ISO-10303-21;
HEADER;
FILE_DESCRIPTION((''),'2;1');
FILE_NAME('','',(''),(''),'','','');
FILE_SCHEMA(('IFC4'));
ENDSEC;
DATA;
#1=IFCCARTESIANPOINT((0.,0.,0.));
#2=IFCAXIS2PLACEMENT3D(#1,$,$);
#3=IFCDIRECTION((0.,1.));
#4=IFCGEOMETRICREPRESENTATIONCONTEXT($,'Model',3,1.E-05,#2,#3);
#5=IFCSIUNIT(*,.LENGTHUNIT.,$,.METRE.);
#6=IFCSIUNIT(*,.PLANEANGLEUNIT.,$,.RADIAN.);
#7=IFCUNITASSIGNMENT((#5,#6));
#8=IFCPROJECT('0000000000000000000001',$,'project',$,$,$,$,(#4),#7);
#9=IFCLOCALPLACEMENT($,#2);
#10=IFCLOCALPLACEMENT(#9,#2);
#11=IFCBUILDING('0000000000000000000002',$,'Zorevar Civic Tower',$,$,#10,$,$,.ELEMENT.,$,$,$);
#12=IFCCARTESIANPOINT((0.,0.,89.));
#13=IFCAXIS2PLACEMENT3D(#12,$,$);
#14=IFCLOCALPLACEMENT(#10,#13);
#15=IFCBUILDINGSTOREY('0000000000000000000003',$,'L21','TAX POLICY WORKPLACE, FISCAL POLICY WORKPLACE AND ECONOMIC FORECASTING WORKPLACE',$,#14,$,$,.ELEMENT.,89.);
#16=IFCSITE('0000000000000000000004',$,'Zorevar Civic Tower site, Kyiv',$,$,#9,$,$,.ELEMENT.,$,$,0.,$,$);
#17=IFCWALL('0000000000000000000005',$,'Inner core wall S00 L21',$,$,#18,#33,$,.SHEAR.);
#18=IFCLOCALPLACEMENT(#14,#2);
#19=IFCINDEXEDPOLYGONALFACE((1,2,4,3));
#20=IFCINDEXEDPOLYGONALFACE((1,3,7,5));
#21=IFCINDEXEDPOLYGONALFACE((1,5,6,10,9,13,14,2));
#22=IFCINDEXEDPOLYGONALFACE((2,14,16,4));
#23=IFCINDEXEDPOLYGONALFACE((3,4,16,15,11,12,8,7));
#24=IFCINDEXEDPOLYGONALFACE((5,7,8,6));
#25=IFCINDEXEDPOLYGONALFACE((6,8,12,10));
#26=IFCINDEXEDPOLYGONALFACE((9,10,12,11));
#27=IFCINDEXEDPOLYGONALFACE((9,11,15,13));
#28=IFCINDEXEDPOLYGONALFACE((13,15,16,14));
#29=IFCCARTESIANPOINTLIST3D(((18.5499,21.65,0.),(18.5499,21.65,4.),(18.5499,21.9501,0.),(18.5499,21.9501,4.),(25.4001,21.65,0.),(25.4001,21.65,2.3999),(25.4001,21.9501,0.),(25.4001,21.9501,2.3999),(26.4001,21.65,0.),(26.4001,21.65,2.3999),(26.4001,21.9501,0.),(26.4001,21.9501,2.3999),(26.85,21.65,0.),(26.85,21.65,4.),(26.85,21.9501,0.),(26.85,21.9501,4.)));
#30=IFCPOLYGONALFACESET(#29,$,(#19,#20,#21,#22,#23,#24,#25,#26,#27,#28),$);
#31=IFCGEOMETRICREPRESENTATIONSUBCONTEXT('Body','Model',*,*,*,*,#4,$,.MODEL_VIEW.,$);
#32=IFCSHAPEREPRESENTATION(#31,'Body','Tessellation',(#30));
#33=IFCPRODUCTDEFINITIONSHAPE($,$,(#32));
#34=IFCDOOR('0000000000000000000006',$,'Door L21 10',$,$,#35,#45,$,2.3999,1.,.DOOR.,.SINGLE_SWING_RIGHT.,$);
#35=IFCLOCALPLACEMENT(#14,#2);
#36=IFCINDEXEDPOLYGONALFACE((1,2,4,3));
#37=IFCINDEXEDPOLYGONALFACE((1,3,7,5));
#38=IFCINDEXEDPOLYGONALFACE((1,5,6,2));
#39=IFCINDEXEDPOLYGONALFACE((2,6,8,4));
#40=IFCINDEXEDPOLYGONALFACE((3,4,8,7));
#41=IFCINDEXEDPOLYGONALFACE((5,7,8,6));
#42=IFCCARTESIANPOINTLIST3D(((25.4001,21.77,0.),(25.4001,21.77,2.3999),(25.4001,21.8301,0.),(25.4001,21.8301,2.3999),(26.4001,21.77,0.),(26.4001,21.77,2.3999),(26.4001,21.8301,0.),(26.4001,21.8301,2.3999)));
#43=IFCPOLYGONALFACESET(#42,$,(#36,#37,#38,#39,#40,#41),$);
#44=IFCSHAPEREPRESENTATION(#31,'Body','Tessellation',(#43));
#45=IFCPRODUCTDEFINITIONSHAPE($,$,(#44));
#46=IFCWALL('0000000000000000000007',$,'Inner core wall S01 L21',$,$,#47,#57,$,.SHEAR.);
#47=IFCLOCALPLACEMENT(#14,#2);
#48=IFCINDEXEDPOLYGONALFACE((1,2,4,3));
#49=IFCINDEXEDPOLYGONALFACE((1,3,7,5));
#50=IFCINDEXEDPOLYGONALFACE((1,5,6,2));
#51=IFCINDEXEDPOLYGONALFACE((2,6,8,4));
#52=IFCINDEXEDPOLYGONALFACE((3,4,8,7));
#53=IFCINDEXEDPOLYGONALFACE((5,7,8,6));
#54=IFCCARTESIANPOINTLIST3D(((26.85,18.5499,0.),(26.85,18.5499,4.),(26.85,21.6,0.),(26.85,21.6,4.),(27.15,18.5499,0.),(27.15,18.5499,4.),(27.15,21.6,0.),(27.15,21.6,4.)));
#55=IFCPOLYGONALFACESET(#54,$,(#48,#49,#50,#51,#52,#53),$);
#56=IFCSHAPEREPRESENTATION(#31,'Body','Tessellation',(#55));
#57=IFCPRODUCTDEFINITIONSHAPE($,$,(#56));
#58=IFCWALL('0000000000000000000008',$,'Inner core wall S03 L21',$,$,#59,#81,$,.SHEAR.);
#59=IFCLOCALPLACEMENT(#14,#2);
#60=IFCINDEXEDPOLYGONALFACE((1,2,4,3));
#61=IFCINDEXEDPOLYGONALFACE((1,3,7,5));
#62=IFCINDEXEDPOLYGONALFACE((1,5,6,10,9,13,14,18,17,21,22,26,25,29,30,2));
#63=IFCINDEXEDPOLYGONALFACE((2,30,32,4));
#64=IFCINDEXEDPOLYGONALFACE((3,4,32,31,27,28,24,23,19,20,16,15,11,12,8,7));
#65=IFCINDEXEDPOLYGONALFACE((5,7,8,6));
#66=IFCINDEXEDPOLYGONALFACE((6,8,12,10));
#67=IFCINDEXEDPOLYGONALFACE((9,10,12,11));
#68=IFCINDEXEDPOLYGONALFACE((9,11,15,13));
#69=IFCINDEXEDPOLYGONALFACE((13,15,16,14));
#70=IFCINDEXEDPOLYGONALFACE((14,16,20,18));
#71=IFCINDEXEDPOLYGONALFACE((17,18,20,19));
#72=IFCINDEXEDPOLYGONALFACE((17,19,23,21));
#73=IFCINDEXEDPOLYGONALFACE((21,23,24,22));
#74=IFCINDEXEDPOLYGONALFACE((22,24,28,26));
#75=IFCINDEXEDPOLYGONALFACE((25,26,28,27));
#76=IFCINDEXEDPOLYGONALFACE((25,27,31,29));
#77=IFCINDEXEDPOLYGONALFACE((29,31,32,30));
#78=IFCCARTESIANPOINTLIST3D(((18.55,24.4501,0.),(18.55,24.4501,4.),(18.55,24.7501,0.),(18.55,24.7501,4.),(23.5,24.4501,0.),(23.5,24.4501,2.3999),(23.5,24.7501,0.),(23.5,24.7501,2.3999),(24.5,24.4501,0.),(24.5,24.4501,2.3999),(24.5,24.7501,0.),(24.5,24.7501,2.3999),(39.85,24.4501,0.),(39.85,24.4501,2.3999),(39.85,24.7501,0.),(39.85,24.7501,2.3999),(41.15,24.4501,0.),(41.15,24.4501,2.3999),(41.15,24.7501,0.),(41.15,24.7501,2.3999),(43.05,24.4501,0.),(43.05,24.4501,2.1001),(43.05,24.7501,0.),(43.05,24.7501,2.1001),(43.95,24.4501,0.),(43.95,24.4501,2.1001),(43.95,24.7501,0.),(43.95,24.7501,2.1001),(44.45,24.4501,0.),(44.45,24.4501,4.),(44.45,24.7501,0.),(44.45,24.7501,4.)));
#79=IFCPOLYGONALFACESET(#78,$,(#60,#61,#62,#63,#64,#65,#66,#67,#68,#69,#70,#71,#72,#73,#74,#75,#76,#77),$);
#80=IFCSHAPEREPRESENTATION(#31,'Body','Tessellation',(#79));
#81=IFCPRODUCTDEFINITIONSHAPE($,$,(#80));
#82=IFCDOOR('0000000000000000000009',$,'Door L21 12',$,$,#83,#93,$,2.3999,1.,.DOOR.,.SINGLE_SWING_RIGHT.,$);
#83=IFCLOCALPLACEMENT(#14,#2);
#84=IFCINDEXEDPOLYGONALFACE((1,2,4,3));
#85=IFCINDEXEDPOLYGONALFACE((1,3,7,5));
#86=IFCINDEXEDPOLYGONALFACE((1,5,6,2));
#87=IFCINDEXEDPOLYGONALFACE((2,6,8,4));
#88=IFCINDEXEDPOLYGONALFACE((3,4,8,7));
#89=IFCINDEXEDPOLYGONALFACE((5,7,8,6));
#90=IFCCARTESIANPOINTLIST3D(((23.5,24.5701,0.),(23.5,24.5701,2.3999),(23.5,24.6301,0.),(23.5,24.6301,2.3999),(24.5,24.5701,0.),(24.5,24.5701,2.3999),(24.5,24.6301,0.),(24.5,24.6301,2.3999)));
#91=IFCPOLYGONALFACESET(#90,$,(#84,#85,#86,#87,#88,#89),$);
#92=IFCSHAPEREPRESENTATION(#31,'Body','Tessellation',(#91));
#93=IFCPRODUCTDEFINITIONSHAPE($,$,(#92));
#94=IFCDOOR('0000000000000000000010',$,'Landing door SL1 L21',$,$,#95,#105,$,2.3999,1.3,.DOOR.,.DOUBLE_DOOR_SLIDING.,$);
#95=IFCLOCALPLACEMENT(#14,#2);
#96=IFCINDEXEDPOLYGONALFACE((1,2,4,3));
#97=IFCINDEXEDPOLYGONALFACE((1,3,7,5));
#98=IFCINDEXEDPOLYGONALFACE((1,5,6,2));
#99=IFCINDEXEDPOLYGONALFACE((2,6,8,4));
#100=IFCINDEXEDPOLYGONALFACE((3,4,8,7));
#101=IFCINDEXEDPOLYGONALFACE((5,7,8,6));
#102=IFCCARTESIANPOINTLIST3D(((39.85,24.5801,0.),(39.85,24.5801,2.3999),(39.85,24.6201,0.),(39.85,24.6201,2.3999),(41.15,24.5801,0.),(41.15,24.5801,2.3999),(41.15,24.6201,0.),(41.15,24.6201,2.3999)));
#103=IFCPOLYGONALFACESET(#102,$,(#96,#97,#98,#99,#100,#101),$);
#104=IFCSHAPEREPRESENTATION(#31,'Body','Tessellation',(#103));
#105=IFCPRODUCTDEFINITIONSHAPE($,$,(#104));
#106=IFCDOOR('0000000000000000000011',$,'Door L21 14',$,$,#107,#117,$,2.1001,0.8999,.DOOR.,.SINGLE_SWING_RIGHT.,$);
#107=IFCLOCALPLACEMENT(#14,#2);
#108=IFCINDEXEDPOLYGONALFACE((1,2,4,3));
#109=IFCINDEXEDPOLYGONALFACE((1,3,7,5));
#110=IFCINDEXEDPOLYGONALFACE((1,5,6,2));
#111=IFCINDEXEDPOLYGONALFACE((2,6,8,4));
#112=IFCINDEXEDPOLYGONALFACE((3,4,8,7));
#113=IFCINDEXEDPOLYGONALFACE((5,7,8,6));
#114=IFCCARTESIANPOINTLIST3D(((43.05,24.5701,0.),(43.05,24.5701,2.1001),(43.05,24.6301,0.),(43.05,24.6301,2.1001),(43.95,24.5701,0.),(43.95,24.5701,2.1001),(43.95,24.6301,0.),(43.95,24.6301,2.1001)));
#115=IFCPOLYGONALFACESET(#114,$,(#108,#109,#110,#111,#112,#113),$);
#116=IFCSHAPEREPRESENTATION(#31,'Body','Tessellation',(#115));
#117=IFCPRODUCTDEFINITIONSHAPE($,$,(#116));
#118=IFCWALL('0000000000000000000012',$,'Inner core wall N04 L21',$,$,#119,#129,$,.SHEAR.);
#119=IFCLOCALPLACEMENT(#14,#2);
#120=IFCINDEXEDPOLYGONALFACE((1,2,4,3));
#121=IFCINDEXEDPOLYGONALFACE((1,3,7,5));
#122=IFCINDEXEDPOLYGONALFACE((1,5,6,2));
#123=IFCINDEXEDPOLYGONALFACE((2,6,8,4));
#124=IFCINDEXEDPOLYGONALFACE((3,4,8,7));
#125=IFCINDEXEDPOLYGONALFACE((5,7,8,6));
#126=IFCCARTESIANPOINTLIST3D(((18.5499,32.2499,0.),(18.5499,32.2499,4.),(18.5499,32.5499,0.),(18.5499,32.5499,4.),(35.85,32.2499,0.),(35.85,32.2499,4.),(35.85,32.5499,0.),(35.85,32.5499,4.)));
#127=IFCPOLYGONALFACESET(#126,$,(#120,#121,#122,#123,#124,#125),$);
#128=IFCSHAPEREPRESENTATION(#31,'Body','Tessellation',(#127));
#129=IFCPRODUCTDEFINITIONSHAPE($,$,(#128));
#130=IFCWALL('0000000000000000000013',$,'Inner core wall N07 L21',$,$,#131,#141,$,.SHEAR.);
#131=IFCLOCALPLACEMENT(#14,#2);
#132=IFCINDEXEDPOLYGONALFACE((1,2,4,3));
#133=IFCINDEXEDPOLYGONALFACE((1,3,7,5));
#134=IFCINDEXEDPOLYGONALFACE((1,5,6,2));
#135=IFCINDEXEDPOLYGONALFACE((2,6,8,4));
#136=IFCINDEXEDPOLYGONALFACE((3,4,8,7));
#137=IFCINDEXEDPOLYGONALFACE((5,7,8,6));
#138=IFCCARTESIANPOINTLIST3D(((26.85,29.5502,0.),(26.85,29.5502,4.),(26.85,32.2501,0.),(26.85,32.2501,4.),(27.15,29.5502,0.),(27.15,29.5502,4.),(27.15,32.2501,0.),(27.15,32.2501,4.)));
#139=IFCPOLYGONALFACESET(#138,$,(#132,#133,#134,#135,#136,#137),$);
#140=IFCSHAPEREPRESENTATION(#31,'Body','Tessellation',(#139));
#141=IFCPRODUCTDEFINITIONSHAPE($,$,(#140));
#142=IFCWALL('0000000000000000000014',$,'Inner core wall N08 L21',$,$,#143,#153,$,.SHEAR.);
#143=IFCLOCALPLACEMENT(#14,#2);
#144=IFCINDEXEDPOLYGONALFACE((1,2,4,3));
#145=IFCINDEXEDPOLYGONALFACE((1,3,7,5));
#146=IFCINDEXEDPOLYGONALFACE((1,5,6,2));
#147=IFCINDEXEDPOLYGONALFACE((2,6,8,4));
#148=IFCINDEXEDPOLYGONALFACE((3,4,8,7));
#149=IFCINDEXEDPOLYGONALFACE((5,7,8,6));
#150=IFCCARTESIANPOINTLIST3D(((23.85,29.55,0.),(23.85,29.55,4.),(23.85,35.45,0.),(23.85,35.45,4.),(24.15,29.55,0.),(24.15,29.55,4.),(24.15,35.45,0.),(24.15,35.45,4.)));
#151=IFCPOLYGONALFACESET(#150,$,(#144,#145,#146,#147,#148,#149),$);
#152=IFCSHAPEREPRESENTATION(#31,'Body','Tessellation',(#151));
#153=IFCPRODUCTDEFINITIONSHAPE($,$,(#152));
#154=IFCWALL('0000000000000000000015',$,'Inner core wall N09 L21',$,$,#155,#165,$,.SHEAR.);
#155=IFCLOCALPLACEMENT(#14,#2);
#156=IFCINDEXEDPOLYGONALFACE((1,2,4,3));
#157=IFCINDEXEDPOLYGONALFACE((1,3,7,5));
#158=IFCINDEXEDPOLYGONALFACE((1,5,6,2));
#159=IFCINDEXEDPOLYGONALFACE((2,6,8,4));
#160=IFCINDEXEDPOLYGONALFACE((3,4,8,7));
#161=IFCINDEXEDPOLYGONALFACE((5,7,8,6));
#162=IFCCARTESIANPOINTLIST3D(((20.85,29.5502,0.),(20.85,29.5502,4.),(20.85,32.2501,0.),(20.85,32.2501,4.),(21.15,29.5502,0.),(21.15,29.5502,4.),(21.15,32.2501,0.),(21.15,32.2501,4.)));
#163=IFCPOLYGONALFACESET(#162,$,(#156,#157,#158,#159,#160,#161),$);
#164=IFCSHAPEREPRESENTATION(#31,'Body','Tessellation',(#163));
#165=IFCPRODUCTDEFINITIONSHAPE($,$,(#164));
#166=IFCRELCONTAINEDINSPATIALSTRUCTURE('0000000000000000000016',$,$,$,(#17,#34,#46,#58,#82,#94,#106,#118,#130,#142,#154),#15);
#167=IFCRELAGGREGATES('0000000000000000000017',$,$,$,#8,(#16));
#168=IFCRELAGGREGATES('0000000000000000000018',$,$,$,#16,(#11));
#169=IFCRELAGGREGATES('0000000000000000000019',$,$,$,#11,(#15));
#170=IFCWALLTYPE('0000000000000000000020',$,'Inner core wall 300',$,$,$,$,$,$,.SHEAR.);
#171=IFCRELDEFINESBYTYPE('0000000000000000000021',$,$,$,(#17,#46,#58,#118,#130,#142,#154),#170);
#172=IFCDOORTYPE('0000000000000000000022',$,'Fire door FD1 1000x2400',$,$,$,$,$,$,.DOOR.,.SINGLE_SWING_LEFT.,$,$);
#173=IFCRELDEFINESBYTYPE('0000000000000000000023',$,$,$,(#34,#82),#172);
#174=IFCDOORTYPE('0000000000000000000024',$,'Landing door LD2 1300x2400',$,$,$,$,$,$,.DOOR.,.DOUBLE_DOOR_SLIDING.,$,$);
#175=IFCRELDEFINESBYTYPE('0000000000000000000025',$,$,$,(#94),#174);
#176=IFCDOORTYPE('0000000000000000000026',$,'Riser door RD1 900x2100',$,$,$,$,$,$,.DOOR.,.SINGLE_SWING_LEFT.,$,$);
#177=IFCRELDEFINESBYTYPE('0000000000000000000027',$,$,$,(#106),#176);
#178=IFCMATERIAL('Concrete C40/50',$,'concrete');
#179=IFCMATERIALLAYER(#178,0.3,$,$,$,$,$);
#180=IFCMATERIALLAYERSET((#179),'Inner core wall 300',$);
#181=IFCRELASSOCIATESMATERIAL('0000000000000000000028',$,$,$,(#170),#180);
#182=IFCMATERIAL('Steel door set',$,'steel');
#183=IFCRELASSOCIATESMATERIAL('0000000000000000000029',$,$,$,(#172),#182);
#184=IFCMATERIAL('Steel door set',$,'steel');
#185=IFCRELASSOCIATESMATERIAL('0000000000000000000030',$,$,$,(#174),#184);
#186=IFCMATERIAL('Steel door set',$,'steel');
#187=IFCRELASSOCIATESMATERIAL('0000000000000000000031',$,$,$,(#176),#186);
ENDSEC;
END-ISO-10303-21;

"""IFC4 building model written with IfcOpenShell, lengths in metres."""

from ifc_helpers import new_model, si_unit, direction, frame, frame_2d, origin, place, context, subcontext, project, spatial, rectangle, extrude, material, layer, layer_set, type_object, element, fill, save


model = new_model("IFC4")

# Units and contexts
model_context = context("Model", 3, precision=1e-05, world=origin(), true_north=direction((0.0, 1.0)))
body_context = subcontext(model_context, "Body", "Model", "MODEL_VIEW")
ifc_project = project(units=[si_unit("LENGTHUNIT", "METRE"), si_unit("PLANEANGLEUNIT", "RADIAN")], contexts=[model_context])

# Site, building, storey
site_placement = place(None, origin())
site = spatial("IfcSite", under=ifc_project, at=site_placement, Name="Zorevar Civic Tower site, Kyiv", CompositionType="ELEMENT", RefElevation=0.0)
building_placement = place(site_placement, origin())
building = spatial("IfcBuilding", under=site, at=building_placement, Name="Zorevar Civic Tower", CompositionType="ELEMENT")
storey_placement = place(building_placement, frame((0.0, 0.0, 89.0)))
storey = spatial("IfcBuildingStorey", under=building, at=storey_placement, Name="L21", Description="TAX POLICY WORKPLACE, FISCAL POLICY WORKPLACE AND ECONOMIC FORECASTING WORKPLACE", CompositionType="ELEMENT", Elevation=89.0)

# Wall, opening, door
ifc_material_1 = material(Name="Concrete C40/50", Category="concrete")
ifc_layer = layer(ifc_material_1, 0.3)
ifc_layer_set = layer_set([ifc_layer], Name="Inner core wall 300")
wall_type = type_object("IfcWallType", Name="Inner core wall 300", PredefinedType="SHEAR", material=ifc_layer_set)
wall_1_placement = place(storey_placement, frame((18.55, 21.8, 0.0), z_axis=(0.0, 0.0, 1.0), x_axis=(1.0, 0.0, 0.0)))
wall_1 = element("IfcWall", 1, at=wall_1_placement, inside=storey, type_object=wall_type, Name="Inner core wall S00 L21", PredefinedType="SHEAR", context=body_context, shape_type="SweptSolid", body=[
    extrude(rectangle(XDim=8.3, YDim=0.3, at=frame_2d((4.1499, 0.0))), origin(), (0.0, 0.0, 1.0), 4.0),
])
opening_1_placement = place(wall_1_placement, frame((6.8501, 0.0, 0.0)))
opening_1 = element("IfcOpeningElement", 2, at=opening_1_placement, cuts=wall_1, PredefinedType="OPENING", context=body_context, shape_type="SweptSolid", body=[
    extrude(rectangle(XDim=1.0, YDim=2.3999, at=frame_2d((0.5, 1.2))), frame((0.0, 0.1599, 0.0), z_axis=(0.0, -1.0, 0.0), x_axis=(1.0, 0.0, 0.0)), (0.0, 0.0, 1.0), 0.3201),
])
ifc_material_2 = material(Name="Steel door set", Category="steel")
door_type_1 = type_object("IfcDoorType", Name="Fire door FD1 1000x2400", OperationType="SINGLE_SWING_LEFT", PredefinedType="DOOR", material=ifc_material_2)
door_1_placement = place(opening_1_placement, origin())
door_1 = element("IfcDoor", 3, at=door_1_placement, inside=storey, type_object=door_type_1, Name="Door L21 10", OperationType="SINGLE_SWING_RIGHT", OverallHeight=2.3999, OverallWidth=1.0, PredefinedType="DOOR", context=body_context, shape_type="SweptSolid", body=[
    extrude(rectangle(XDim=1.0, YDim=2.3999, at=frame_2d((0.5, 1.2))), frame((0.0, 0.03, 0.0), z_axis=(0.0, -1.0, 0.0), x_axis=(1.0, 0.0, 0.0)), (0.0, 0.0, 1.0), 0.0601),
])
fill(opening_1, door_1)

# Wall
wall_2_placement = place(storey_placement, frame((27.0, 18.55, 0.0), z_axis=(0.0, 0.0, 1.0), x_axis=(0.0, 1.0, 0.0)))
element("IfcWall", 4, at=wall_2_placement, inside=storey, type_object=wall_type, Name="Inner core wall S01 L21", PredefinedType="SHEAR", context=body_context, shape_type="SweptSolid", body=[
    extrude(rectangle(XDim=3.05, YDim=0.3, at=frame_2d((1.5249, 0.0))), origin(), (0.0, 0.0, 1.0), 4.0),
])

# Wall, openings, doors
wall_3_placement = place(storey_placement, frame((18.55, 24.6001, 0.0), z_axis=(0.0, 0.0, 1.0), x_axis=(1.0, 0.0, 0.0)))
wall_3 = element("IfcWall", 5, at=wall_3_placement, inside=storey, type_object=wall_type, Name="Inner core wall S03 L21", PredefinedType="SHEAR", context=body_context, shape_type="SweptSolid", body=[
    extrude(rectangle(XDim=25.8999, YDim=0.3, at=frame_2d((12.95, 0.0))), origin(), (0.0, 0.0, 1.0), 4.0),
])
opening_2_placement = place(wall_3_placement, frame((4.95, 0.0, 0.0)))
opening_2 = element("IfcOpeningElement", 6, at=opening_2_placement, cuts=wall_3, PredefinedType="OPENING", context=body_context, shape_type="SweptSolid", body=[
    extrude(rectangle(XDim=1.0, YDim=2.3999, at=frame_2d((0.5, 1.2))), frame((0.0, 0.1599, 0.0), z_axis=(0.0, -1.0, 0.0), x_axis=(1.0, 0.0, 0.0)), (0.0, 0.0, 1.0), 0.3201),
])
opening_3_placement = place(wall_3_placement, frame((24.5, 0.0, 0.0)))
opening_3 = element("IfcOpeningElement", 7, at=opening_3_placement, cuts=wall_3, PredefinedType="OPENING", context=body_context, shape_type="SweptSolid", body=[
    extrude(rectangle(XDim=0.8999, YDim=2.1001, at=frame_2d((0.45, 1.05))), frame((0.0, 0.1599, 0.0), z_axis=(0.0, -1.0, 0.0), x_axis=(1.0, 0.0, 0.0)), (0.0, 0.0, 1.0), 0.3201),
])
opening_4_placement = place(wall_3_placement, frame((21.3, 0.0, 0.0)))
opening_4 = element("IfcOpeningElement", 8, at=opening_4_placement, cuts=wall_3, PredefinedType="OPENING", context=body_context, shape_type="SweptSolid", body=[
    extrude(rectangle(XDim=1.3, YDim=2.3999, at=frame_2d((0.6499, 1.2))), frame((0.0, 0.1599, 0.0), z_axis=(0.0, -1.0, 0.0), x_axis=(1.0, 0.0, 0.0)), (0.0, 0.0, 1.0), 0.3201),
])
door_2_placement = place(opening_2_placement, origin())
door_2 = element("IfcDoor", 9, at=door_2_placement, inside=storey, type_object=door_type_1, Name="Door L21 12", OperationType="SINGLE_SWING_RIGHT", OverallHeight=2.3999, OverallWidth=1.0, PredefinedType="DOOR", context=body_context, shape_type="SweptSolid", body=[
    extrude(rectangle(XDim=1.0, YDim=2.3999, at=frame_2d((0.5, 1.2))), frame((0.0, 0.03, 0.0), z_axis=(0.0, -1.0, 0.0), x_axis=(1.0, 0.0, 0.0)), (0.0, 0.0, 1.0), 0.0601),
])
fill(opening_2, door_2)
ifc_material_3 = material(Name="Steel door set", Category="steel")
door_type_2 = type_object("IfcDoorType", Name="Landing door LD2 1300x2400", OperationType="DOUBLE_DOOR_SLIDING", PredefinedType="DOOR", material=ifc_material_3)
door_3_placement = place(opening_4_placement, origin())
door_3 = element("IfcDoor", 10, at=door_3_placement, inside=storey, type_object=door_type_2, Name="Landing door SL1 L21", OperationType="DOUBLE_DOOR_SLIDING", OverallHeight=2.3999, OverallWidth=1.3, PredefinedType="DOOR", context=body_context, shape_type="SweptSolid", body=[
    extrude(rectangle(XDim=1.3, YDim=2.3999, at=frame_2d((0.6499, 1.2))), frame((0.0, 0.02, 0.0), z_axis=(0.0, -1.0, 0.0), x_axis=(1.0, 0.0, 0.0)), (0.0, 0.0, 1.0), 0.04),
])
fill(opening_4, door_3)
ifc_material_4 = material(Name="Steel door set", Category="steel")
door_type_3 = type_object("IfcDoorType", Name="Riser door RD1 900x2100", OperationType="SINGLE_SWING_LEFT", PredefinedType="DOOR", material=ifc_material_4)
door_4_placement = place(opening_3_placement, origin())
door_4 = element("IfcDoor", 11, at=door_4_placement, inside=storey, type_object=door_type_3, Name="Door L21 14", OperationType="SINGLE_SWING_RIGHT", OverallHeight=2.1001, OverallWidth=0.8999, PredefinedType="DOOR", context=body_context, shape_type="SweptSolid", body=[
    extrude(rectangle(XDim=0.8999, YDim=2.1001, at=frame_2d((0.45, 1.05))), frame((0.0, 0.03, 0.0), z_axis=(0.0, -1.0, 0.0), x_axis=(1.0, 0.0, 0.0)), (0.0, 0.0, 1.0), 0.0601),
])
fill(opening_3, door_4)

# Walls
wall_4_placement = place(storey_placement, frame((18.55, 32.3999, 0.0), z_axis=(0.0, 0.0, 1.0), x_axis=(1.0, 0.0, 0.0)))
element("IfcWall", 12, at=wall_4_placement, inside=storey, type_object=wall_type, Name="Inner core wall N04 L21", PredefinedType="SHEAR", context=body_context, shape_type="SweptSolid", body=[
    extrude(rectangle(XDim=17.3, YDim=0.3, at=frame_2d((8.6499, 0.0))), origin(), (0.0, 0.0, 1.0), 4.0),
])
wall_5_placement = place(storey_placement, frame((27.0, 29.55, 0.0), z_axis=(0.0, 0.0, 1.0), x_axis=(0.0, 1.0, 0.0)))
element("IfcWall", 13, at=wall_5_placement, inside=storey, type_object=wall_type, Name="Inner core wall N07 L21", PredefinedType="SHEAR", context=body_context, shape_type="SweptSolid", body=[
    extrude(rectangle(XDim=2.7, YDim=0.3, at=frame_2d((1.3501, 0.0))), origin(), (0.0, 0.0, 1.0), 4.0),
])
wall_6_placement = place(storey_placement, frame((24.0, 29.55, 0.0), z_axis=(0.0, 0.0, 1.0), x_axis=(0.0, 1.0, 0.0)))
element("IfcWall", 14, at=wall_6_placement, inside=storey, type_object=wall_type, Name="Inner core wall N08 L21", PredefinedType="SHEAR", context=body_context, shape_type="SweptSolid", body=[
    extrude(rectangle(XDim=5.8999, YDim=0.3, at=frame_2d((2.95, 0.0))), origin(), (0.0, 0.0, 1.0), 4.0),
])
wall_7_placement = place(storey_placement, frame((21.0, 29.55, 0.0), z_axis=(0.0, 0.0, 1.0), x_axis=(0.0, 1.0, 0.0)))
element("IfcWall", 15, at=wall_7_placement, inside=storey, type_object=wall_type, Name="Inner core wall N09 L21", PredefinedType="SHEAR", context=body_context, shape_type="SweptSolid", body=[
    extrude(rectangle(XDim=2.7, YDim=0.3, at=frame_2d((1.3501, 0.0))), origin(), (0.0, 0.0, 1.0), 4.0),
])

save(model, "model.ifc")
